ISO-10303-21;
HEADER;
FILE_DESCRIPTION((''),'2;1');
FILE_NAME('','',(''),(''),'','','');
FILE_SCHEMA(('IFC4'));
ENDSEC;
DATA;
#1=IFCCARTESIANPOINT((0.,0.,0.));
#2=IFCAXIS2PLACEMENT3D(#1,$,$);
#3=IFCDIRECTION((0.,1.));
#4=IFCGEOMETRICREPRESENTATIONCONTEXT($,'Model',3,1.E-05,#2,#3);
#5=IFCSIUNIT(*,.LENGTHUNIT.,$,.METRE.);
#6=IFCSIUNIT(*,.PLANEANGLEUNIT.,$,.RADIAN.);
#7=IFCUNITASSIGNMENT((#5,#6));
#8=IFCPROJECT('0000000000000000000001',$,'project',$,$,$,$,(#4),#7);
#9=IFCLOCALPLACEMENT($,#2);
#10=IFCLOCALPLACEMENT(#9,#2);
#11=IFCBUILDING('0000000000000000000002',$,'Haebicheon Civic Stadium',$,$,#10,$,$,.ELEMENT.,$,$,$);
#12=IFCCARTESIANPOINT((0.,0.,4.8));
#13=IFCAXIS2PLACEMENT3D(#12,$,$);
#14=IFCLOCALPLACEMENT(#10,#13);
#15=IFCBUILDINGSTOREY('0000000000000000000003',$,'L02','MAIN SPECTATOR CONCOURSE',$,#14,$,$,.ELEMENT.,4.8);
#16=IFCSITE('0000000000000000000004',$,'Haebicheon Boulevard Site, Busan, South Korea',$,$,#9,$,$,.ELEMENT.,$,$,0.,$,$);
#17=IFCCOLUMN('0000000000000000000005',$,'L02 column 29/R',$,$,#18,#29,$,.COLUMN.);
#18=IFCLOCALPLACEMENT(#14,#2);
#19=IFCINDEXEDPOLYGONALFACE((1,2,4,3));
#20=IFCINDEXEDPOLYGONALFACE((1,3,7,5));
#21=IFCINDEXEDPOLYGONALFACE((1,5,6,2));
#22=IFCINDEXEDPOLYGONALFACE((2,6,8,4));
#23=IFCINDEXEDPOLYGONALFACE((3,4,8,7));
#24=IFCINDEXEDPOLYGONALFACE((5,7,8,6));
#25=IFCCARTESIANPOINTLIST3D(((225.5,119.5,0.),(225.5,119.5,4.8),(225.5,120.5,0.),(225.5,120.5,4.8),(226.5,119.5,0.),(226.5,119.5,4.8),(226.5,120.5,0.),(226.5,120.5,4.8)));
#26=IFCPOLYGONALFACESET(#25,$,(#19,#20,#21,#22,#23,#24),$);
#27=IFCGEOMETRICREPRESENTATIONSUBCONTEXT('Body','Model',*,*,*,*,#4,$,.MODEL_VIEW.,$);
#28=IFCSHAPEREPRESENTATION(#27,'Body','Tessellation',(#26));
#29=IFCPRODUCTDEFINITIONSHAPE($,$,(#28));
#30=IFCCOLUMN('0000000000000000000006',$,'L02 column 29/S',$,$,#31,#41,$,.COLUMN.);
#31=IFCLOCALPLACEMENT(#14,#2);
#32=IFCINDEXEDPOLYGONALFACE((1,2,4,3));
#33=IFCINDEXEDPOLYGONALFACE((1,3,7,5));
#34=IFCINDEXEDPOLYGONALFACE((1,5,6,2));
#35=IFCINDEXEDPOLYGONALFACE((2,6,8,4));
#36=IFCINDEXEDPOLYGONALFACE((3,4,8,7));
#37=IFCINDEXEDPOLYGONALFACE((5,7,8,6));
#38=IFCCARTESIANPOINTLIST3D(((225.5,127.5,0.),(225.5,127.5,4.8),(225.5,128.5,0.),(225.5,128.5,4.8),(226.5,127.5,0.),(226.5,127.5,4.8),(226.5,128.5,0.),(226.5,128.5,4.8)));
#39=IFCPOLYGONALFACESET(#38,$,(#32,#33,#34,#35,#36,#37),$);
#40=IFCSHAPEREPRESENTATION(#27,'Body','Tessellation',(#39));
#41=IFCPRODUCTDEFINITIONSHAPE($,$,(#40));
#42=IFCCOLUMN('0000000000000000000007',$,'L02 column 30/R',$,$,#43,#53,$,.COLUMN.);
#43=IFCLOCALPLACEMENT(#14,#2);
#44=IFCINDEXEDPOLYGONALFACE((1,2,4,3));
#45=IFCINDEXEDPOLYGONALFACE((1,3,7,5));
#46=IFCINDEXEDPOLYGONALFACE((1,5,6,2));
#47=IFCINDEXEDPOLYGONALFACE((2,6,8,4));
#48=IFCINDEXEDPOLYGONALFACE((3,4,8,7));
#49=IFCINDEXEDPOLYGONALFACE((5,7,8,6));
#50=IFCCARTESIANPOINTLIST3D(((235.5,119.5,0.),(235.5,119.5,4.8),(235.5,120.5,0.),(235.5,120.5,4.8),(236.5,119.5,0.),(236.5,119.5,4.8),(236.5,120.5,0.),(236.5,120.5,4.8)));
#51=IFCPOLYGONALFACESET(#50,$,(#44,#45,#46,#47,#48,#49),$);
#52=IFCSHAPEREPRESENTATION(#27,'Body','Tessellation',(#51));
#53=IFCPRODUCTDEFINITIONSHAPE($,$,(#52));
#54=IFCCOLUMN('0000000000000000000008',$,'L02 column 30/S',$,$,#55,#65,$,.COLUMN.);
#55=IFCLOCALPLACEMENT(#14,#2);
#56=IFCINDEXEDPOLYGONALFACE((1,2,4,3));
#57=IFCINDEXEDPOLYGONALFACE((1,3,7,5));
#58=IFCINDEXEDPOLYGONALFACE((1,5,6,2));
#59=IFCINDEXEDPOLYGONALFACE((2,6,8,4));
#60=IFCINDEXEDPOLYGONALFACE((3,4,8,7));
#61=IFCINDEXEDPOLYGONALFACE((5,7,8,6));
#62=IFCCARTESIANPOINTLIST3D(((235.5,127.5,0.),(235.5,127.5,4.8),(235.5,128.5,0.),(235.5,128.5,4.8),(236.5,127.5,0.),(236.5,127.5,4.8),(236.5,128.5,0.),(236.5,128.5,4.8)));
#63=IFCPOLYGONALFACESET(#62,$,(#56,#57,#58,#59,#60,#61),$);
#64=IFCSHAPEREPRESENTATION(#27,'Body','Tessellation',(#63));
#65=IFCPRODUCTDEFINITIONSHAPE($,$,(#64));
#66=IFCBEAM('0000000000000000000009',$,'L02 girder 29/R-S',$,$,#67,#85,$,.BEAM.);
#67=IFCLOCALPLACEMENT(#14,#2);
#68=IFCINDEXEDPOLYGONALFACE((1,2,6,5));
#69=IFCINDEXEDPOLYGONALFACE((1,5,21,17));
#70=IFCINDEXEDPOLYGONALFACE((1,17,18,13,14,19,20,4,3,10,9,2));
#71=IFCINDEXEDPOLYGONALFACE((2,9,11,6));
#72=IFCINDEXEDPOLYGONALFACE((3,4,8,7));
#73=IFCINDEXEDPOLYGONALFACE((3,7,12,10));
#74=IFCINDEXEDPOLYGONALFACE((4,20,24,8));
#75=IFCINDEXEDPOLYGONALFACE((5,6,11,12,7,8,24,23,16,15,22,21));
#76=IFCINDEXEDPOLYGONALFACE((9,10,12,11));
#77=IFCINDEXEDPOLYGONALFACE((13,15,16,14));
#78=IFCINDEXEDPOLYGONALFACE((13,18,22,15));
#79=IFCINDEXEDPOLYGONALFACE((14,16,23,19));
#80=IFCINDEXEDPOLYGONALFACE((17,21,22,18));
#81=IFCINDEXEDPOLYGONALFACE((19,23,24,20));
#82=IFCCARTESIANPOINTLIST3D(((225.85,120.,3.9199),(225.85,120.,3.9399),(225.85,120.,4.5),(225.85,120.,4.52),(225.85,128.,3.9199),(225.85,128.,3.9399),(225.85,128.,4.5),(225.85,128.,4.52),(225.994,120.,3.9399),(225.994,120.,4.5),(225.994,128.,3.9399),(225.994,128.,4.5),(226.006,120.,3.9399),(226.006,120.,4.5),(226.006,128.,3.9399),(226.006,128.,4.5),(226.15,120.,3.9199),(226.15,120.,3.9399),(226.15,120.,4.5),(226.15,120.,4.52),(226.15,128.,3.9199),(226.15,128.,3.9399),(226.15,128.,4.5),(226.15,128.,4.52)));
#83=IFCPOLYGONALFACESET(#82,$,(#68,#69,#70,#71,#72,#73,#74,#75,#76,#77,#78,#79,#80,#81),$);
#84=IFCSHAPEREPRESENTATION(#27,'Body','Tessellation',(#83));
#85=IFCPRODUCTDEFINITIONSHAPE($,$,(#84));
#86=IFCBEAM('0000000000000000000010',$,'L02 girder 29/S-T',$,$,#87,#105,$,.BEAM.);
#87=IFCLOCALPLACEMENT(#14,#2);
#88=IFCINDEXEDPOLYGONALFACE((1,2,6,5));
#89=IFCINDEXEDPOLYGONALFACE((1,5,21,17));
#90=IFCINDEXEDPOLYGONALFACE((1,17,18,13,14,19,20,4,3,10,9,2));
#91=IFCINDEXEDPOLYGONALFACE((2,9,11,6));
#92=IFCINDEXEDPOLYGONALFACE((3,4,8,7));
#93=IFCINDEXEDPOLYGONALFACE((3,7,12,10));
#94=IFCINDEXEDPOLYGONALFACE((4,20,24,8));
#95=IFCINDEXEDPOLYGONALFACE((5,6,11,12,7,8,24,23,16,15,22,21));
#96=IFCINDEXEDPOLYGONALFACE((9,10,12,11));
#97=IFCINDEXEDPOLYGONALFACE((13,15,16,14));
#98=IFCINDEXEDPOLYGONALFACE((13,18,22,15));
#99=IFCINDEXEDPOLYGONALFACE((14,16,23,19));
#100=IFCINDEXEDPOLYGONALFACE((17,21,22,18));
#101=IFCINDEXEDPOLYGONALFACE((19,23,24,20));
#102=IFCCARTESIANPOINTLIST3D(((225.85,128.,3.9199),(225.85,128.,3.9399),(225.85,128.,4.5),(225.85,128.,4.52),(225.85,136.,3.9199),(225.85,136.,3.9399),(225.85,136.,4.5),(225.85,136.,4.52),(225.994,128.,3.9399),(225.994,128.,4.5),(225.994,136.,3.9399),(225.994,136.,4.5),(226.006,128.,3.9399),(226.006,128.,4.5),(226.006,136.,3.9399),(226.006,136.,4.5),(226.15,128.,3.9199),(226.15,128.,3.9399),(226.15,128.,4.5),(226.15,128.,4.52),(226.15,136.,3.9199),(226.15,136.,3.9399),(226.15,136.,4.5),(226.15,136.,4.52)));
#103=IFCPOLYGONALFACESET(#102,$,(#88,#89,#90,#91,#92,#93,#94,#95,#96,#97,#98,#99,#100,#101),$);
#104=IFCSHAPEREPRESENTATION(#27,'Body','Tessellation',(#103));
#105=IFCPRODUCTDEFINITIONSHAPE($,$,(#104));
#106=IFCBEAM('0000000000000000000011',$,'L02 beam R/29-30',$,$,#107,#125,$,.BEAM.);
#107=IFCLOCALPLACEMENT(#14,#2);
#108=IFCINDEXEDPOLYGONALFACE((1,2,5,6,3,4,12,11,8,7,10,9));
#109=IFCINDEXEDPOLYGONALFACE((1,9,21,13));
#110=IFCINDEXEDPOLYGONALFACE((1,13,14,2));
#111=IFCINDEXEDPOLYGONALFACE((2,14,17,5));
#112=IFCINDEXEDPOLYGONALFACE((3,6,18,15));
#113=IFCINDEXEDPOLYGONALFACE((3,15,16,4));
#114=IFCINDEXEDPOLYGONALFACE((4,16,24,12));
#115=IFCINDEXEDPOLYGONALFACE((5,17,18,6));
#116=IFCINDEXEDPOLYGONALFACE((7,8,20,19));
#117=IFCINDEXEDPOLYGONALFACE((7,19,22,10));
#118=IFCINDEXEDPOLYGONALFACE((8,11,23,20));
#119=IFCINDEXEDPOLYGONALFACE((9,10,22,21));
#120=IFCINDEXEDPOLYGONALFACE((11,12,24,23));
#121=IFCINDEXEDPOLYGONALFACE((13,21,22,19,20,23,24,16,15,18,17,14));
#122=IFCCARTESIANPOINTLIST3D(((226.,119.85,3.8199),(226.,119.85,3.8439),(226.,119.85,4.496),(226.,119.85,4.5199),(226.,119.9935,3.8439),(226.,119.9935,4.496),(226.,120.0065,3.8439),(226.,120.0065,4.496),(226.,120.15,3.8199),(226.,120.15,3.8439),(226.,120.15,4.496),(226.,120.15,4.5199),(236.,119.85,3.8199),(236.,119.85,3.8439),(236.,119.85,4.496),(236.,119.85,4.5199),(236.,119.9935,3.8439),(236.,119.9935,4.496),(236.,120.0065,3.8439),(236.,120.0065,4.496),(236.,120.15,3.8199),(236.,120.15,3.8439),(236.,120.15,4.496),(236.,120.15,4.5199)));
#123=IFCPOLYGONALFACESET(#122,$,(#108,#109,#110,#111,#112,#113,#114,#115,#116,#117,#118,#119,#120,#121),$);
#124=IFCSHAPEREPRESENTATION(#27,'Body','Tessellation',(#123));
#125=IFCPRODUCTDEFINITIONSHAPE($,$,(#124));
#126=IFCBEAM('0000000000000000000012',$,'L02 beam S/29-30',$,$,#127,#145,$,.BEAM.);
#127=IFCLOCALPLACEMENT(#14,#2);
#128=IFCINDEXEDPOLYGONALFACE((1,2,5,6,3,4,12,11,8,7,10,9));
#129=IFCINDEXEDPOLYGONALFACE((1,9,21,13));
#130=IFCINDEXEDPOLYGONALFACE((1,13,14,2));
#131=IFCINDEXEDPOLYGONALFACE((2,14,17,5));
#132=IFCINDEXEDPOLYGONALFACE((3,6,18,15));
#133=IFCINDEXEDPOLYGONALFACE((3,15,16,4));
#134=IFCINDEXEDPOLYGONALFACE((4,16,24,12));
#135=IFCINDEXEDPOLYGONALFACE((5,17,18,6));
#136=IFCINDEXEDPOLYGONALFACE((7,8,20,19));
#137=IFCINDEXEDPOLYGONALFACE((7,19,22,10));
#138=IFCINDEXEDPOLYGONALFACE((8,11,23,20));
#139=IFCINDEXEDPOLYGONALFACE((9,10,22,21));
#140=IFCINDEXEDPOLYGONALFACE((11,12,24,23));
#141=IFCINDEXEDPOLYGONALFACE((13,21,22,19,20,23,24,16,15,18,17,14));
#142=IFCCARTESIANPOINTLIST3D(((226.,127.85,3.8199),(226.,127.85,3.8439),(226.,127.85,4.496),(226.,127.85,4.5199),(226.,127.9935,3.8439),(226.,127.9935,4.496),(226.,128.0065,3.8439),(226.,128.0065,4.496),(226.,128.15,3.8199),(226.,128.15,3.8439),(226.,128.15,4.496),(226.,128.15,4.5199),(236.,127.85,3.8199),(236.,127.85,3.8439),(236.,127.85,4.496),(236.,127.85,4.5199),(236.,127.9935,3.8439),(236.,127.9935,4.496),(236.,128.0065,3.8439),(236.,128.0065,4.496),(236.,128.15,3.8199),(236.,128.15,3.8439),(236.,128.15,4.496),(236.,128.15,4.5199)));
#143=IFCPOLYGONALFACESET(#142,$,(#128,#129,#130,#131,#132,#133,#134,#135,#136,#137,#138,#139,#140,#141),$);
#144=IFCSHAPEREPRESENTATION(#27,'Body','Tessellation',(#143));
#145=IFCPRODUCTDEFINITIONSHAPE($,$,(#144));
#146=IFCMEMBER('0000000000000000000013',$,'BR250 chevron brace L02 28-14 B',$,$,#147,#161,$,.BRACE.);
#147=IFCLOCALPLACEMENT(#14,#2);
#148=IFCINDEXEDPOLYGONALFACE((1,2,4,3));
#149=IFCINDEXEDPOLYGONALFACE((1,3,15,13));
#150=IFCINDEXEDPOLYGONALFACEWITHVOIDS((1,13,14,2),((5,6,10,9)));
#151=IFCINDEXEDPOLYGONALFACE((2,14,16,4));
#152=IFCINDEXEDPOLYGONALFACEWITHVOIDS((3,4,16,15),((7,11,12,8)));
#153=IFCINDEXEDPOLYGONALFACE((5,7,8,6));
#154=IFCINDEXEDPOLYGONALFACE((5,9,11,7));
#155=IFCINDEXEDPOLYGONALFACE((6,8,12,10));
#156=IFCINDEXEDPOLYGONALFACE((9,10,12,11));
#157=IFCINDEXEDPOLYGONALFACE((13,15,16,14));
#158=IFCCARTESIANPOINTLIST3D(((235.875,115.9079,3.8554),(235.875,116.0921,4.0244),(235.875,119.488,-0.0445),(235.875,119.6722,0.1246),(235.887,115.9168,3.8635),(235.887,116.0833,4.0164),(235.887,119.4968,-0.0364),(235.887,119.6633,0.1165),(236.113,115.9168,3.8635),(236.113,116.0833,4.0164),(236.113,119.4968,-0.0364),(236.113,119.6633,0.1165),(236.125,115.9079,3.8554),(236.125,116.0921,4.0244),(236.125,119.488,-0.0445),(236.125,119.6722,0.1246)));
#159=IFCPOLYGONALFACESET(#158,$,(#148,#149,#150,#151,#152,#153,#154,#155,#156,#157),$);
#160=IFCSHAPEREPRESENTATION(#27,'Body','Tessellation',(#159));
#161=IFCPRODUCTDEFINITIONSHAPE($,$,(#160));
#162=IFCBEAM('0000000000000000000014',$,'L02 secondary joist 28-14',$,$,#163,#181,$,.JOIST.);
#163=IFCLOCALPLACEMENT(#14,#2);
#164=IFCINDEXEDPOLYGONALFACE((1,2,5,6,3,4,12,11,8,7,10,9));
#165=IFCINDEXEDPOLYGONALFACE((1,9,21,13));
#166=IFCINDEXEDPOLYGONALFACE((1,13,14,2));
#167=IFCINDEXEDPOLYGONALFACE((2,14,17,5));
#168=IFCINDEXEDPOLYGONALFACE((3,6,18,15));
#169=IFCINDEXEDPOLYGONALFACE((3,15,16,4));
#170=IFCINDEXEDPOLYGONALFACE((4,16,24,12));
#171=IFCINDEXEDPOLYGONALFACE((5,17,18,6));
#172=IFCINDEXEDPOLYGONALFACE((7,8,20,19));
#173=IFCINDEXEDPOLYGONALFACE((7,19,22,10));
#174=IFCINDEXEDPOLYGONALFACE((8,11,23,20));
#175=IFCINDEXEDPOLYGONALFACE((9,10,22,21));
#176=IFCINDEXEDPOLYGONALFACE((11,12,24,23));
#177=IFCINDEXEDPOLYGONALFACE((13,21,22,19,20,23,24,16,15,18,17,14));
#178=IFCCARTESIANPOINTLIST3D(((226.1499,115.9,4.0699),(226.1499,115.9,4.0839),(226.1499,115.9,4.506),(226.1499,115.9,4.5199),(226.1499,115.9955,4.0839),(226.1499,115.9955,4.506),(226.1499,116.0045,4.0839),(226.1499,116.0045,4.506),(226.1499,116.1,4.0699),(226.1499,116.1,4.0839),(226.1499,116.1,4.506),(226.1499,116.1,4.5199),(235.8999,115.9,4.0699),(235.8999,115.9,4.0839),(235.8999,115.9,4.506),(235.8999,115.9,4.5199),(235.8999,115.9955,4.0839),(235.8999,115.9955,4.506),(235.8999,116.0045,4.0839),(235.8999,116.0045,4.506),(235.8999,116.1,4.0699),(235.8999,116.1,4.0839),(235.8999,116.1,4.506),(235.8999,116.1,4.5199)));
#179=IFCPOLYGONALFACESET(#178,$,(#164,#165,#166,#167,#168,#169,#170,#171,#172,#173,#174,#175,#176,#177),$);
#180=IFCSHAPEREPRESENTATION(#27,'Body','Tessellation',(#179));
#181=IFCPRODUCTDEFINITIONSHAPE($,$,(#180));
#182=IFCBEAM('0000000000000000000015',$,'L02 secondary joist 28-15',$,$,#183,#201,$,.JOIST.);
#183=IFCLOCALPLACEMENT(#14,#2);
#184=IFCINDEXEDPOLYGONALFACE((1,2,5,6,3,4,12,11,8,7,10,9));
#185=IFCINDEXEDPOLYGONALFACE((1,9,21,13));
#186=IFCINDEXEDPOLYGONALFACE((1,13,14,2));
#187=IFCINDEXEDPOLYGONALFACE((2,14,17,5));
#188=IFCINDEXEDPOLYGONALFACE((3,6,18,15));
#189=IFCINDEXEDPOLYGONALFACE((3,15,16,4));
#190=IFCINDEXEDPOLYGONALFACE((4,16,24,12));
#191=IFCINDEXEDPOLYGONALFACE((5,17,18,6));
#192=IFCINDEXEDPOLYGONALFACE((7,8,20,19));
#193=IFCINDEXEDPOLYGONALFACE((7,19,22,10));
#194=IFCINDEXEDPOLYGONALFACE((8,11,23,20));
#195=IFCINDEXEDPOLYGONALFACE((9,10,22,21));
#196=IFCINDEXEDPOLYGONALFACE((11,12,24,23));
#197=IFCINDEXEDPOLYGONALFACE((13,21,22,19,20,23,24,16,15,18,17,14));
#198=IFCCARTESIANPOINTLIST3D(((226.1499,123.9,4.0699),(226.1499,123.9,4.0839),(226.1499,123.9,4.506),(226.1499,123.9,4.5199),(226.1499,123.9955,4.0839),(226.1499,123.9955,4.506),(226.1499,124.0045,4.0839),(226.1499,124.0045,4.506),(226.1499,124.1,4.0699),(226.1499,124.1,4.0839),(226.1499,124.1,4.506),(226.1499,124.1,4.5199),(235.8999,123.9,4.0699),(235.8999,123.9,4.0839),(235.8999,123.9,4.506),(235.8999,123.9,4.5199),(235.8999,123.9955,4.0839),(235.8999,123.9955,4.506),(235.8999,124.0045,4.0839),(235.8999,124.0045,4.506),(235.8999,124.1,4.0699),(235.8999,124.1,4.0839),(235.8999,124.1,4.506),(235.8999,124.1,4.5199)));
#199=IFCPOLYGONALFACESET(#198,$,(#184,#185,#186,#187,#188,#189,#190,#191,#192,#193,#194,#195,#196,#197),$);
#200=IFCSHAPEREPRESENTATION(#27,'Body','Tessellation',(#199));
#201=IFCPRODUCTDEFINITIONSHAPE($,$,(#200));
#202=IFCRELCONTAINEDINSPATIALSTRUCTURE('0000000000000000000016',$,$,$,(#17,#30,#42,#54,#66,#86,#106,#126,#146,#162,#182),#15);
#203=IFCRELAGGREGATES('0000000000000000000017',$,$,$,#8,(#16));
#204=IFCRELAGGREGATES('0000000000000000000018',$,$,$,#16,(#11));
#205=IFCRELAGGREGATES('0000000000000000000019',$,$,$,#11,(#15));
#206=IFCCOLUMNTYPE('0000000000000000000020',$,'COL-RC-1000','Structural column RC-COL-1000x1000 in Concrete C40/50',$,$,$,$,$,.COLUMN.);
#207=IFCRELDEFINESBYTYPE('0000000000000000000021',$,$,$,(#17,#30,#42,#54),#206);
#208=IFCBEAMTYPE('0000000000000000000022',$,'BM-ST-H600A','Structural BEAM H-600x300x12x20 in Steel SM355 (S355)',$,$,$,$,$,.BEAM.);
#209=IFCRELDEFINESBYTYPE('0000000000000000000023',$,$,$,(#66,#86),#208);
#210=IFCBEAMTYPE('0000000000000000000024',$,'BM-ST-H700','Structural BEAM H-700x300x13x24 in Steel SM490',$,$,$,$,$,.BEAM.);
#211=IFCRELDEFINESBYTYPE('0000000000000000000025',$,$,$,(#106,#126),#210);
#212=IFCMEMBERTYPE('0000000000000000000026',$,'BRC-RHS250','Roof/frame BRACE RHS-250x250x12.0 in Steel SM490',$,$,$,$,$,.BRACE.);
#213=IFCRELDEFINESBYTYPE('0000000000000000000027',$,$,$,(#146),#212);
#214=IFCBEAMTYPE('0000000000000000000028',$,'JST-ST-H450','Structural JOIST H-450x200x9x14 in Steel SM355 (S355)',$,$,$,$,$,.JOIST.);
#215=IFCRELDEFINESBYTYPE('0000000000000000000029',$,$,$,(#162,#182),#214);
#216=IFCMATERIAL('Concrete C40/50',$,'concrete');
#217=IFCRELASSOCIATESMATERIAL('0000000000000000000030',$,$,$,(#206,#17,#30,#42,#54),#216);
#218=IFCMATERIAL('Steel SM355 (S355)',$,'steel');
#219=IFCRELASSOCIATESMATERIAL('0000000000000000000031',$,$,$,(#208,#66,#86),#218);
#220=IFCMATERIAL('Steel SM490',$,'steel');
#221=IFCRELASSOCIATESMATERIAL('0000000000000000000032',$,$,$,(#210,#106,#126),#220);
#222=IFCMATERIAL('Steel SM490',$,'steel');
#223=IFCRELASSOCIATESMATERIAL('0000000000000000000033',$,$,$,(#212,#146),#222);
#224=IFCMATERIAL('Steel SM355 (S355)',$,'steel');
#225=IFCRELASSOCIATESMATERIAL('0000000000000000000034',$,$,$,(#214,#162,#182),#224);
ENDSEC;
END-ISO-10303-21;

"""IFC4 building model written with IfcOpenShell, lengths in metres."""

from ifc_helpers import new_model, si_unit, direction, frame, origin, origin_2d, place, context, subcontext, project, spatial, rectangle, hollow_rectangle, i_section, extrude, material, material_profile, profile_set, type_object, element, save


model = new_model("IFC4")

# Units and contexts
model_context = context("Model", 3, precision=1e-05, world=origin(), true_north=direction((0.0, 1.0)))
body_context = subcontext(model_context, "Body", "Model", "MODEL_VIEW")
ifc_project = project(units=[si_unit("LENGTHUNIT", "METRE"), si_unit("PLANEANGLEUNIT", "RADIAN")], contexts=[model_context])

# Site, building, storey
site_placement = place(None, origin())
site = spatial("IfcSite", under=ifc_project, at=site_placement, Name="Haebicheon Boulevard Site, Busan, South Korea", CompositionType="ELEMENT", RefElevation=0.0)
building_placement = place(site_placement, origin())
building = spatial("IfcBuilding", under=site, at=building_placement, Name="Haebicheon Civic Stadium", CompositionType="ELEMENT")
storey_placement = place(building_placement, frame((0.0, 0.0, 4.8)))
storey = spatial("IfcBuildingStorey", under=building, at=storey_placement, Name="L02", Description="MAIN SPECTATOR CONCOURSE", CompositionType="ELEMENT", Elevation=4.8)

# Columns
ifc_material_1 = material(Name="Concrete C40/50", Category="concrete")
ifc_material_profile_1 = material_profile(ifc_material_1, rectangle(XDim=1.0, YDim=1.0, at=origin_2d()), Name="RC-COL-1000x1000")
ifc_profile_set_1 = profile_set([ifc_material_profile_1], Name="Concrete C40/50")
column_type = type_object("IfcColumnType", Name="COL-RC-1000", Description="Structural column RC-COL-1000x1000 in Concrete C40/50", PredefinedType="COLUMN", material=ifc_profile_set_1)
for number, where, z_axis, x_axis, name in (
    (1, (226.0, 120.0, 0.0), (0.0, 0.0, 1.0), (1.0, 0.0, 0.0), "L02 column 29/R"),
    (2, (226.0, 128.0, 0.0), (0.0, 0.0, 1.0), (1.0, 0.0, 0.0), "L02 column 29/S"),
    (3, (236.0, 120.0, 0.0), (0.0, 0.0, 1.0), (1.0, 0.0, 0.0), "L02 column 30/R"),
    (4, (236.0, 128.0, 0.0), (0.0, 0.0, 1.0), (1.0, 0.0, 0.0), "L02 column 30/S"),
):
    element("IfcColumn", number, at=place(storey_placement, frame(where, z_axis=z_axis, x_axis=x_axis)), inside=storey, type_object=column_type, material=ifc_profile_set_1, Name=name, PredefinedType="COLUMN", context=body_context, shape_type="SweptSolid", body=[
        extrude(rectangle(XDim=1.0, YDim=1.0, at=origin_2d()), origin(), (0.0, 0.0, 1.0), 4.8),
    ])

# Beams
ifc_material_2 = material(Name="Steel SM355 (S355)", Category="steel")
ifc_material_profile_2 = material_profile(ifc_material_2, i_section(OverallWidth=0.3, OverallDepth=0.6001, WebThickness=0.012, FlangeThickness=0.02, at=origin_2d()), Name="H-600x300x12x20")
ifc_profile_set_2 = profile_set([ifc_material_profile_2], Name="Steel SM355 (S355)")
beam_type_1 = type_object("IfcBeamType", Name="BM-ST-H600A", Description="Structural BEAM H-600x300x12x20 in Steel SM355 (S355)", PredefinedType="BEAM", material=ifc_profile_set_2)
for number, where, z_axis, x_axis, name in (
    (5, (226.0, 120.0, 4.22), (0.0, 1.0, 0.0), (-1.0, 0.0, 0.0), "L02 girder 29/R-S"),
    (6, (226.0, 128.0, 4.22), (0.0, 1.0, 0.0), (-1.0, 0.0, 0.0), "L02 girder 29/S-T"),
):
    element("IfcBeam", number, at=place(storey_placement, frame(where, z_axis=z_axis, x_axis=x_axis)), inside=storey, type_object=beam_type_1, material=ifc_profile_set_2, Name=name, PredefinedType="BEAM", context=body_context, shape_type="SweptSolid", body=[
        extrude(i_section(OverallWidth=0.3, OverallDepth=0.6001, WebThickness=0.012, FlangeThickness=0.02, at=origin_2d()), origin(), (0.0, 0.0, 1.0), 8.0),
    ])
ifc_material_3 = material(Name="Steel SM490", Category="steel")
ifc_material_profile_3 = material_profile(ifc_material_3, i_section(OverallWidth=0.3, OverallDepth=0.7, WebThickness=0.0129, FlangeThickness=0.0239, at=origin_2d()), Name="H-700x300x13x24")
ifc_profile_set_3 = profile_set([ifc_material_profile_3], Name="Steel SM490")
beam_type_2 = type_object("IfcBeamType", Name="BM-ST-H700", Description="Structural BEAM H-700x300x13x24 in Steel SM490", PredefinedType="BEAM", material=ifc_profile_set_3)
for number, where, z_axis, x_axis, name in (
    (7, (226.0, 120.0, 4.1699), (1.0, 0.0, 0.0), (0.0, 1.0, 0.0), "L02 beam R/29-30"),
    (8, (226.0, 128.0, 4.1699), (1.0, 0.0, 0.0), (0.0, 1.0, 0.0), "L02 beam S/29-30"),
):
    element("IfcBeam", number, at=place(storey_placement, frame(where, z_axis=z_axis, x_axis=x_axis)), inside=storey, type_object=beam_type_2, material=ifc_profile_set_3, Name=name, PredefinedType="BEAM", context=body_context, shape_type="SweptSolid", body=[
        extrude(i_section(OverallWidth=0.3, OverallDepth=0.7, WebThickness=0.0129, FlangeThickness=0.0239, at=origin_2d()), origin(), (0.0, 0.0, 1.0), 10.0),
    ])

# Member
ifc_material_4 = material(Name="Steel SM490", Category="steel")
ifc_material_profile_4 = material_profile(ifc_material_4, hollow_rectangle(XDim=0.25, YDim=0.25, WallThickness=0.012, at=origin_2d()), Name="RHS-250x250x12.0")
ifc_profile_set_4 = profile_set([ifc_material_profile_4], Name="Steel SM490")
member_type_1 = type_object("IfcMemberType", Name="BRC-RHS250", Description="Roof/frame BRACE RHS-250x250x12.0 in Steel SM490", PredefinedType="BRACE", material=ifc_profile_set_4)
member_placement = place(storey_placement, frame((236.0, 119.5801, 0.04), z_axis=(0.0, -0.676255, 0.736668), x_axis=(1.0, 0.0, 0.0)))
element("IfcMember", 9, at=member_placement, inside=storey, type_object=member_type_1, material=ifc_profile_set_4, Name="BR250 chevron brace L02 28-14 B", PredefinedType="BRACE", context=body_context, shape_type="SweptSolid", body=[
    extrude(hollow_rectangle(XDim=0.25, YDim=0.25, WallThickness=0.012, at=origin_2d()), origin(), (0.0, 0.0, 1.0), 5.2939),
])

# Beams
ifc_material_5 = material(Name="Steel SM355 (S355)", Category="steel")
ifc_material_profile_5 = material_profile(ifc_material_5, i_section(OverallWidth=0.2, OverallDepth=0.45, WebThickness=0.009, FlangeThickness=0.0139, at=origin_2d()), Name="H-450x200x9x14")
ifc_profile_set_5 = profile_set([ifc_material_profile_5], Name="Steel SM355 (S355)")
beam_type_3 = type_object("IfcBeamType", Name="JST-ST-H450", Description="Structural JOIST H-450x200x9x14 in Steel SM355 (S355)", PredefinedType="JOIST", material=ifc_profile_set_5)
for number, where, z_axis, x_axis, name in (
    (10, (226.1499, 116.0, 4.2949), (1.0, 0.0, 0.0), (0.0, 1.0, 0.0), "L02 secondary joist 28-14"),
    (11, (226.1499, 124.0, 4.2949), (1.0, 0.0, 0.0), (0.0, 1.0, 0.0), "L02 secondary joist 28-15"),
):
    element("IfcBeam", number, at=place(storey_placement, frame(where, z_axis=z_axis, x_axis=x_axis)), inside=storey, type_object=beam_type_3, material=ifc_profile_set_5, Name=name, PredefinedType="JOIST", context=body_context, shape_type="SweptSolid", body=[
        extrude(i_section(OverallWidth=0.2, OverallDepth=0.45, WebThickness=0.009, FlangeThickness=0.0139, at=origin_2d()), origin(), (0.0, 0.0, 1.0), 9.75),
    ])

save(model, "model.ifc")
